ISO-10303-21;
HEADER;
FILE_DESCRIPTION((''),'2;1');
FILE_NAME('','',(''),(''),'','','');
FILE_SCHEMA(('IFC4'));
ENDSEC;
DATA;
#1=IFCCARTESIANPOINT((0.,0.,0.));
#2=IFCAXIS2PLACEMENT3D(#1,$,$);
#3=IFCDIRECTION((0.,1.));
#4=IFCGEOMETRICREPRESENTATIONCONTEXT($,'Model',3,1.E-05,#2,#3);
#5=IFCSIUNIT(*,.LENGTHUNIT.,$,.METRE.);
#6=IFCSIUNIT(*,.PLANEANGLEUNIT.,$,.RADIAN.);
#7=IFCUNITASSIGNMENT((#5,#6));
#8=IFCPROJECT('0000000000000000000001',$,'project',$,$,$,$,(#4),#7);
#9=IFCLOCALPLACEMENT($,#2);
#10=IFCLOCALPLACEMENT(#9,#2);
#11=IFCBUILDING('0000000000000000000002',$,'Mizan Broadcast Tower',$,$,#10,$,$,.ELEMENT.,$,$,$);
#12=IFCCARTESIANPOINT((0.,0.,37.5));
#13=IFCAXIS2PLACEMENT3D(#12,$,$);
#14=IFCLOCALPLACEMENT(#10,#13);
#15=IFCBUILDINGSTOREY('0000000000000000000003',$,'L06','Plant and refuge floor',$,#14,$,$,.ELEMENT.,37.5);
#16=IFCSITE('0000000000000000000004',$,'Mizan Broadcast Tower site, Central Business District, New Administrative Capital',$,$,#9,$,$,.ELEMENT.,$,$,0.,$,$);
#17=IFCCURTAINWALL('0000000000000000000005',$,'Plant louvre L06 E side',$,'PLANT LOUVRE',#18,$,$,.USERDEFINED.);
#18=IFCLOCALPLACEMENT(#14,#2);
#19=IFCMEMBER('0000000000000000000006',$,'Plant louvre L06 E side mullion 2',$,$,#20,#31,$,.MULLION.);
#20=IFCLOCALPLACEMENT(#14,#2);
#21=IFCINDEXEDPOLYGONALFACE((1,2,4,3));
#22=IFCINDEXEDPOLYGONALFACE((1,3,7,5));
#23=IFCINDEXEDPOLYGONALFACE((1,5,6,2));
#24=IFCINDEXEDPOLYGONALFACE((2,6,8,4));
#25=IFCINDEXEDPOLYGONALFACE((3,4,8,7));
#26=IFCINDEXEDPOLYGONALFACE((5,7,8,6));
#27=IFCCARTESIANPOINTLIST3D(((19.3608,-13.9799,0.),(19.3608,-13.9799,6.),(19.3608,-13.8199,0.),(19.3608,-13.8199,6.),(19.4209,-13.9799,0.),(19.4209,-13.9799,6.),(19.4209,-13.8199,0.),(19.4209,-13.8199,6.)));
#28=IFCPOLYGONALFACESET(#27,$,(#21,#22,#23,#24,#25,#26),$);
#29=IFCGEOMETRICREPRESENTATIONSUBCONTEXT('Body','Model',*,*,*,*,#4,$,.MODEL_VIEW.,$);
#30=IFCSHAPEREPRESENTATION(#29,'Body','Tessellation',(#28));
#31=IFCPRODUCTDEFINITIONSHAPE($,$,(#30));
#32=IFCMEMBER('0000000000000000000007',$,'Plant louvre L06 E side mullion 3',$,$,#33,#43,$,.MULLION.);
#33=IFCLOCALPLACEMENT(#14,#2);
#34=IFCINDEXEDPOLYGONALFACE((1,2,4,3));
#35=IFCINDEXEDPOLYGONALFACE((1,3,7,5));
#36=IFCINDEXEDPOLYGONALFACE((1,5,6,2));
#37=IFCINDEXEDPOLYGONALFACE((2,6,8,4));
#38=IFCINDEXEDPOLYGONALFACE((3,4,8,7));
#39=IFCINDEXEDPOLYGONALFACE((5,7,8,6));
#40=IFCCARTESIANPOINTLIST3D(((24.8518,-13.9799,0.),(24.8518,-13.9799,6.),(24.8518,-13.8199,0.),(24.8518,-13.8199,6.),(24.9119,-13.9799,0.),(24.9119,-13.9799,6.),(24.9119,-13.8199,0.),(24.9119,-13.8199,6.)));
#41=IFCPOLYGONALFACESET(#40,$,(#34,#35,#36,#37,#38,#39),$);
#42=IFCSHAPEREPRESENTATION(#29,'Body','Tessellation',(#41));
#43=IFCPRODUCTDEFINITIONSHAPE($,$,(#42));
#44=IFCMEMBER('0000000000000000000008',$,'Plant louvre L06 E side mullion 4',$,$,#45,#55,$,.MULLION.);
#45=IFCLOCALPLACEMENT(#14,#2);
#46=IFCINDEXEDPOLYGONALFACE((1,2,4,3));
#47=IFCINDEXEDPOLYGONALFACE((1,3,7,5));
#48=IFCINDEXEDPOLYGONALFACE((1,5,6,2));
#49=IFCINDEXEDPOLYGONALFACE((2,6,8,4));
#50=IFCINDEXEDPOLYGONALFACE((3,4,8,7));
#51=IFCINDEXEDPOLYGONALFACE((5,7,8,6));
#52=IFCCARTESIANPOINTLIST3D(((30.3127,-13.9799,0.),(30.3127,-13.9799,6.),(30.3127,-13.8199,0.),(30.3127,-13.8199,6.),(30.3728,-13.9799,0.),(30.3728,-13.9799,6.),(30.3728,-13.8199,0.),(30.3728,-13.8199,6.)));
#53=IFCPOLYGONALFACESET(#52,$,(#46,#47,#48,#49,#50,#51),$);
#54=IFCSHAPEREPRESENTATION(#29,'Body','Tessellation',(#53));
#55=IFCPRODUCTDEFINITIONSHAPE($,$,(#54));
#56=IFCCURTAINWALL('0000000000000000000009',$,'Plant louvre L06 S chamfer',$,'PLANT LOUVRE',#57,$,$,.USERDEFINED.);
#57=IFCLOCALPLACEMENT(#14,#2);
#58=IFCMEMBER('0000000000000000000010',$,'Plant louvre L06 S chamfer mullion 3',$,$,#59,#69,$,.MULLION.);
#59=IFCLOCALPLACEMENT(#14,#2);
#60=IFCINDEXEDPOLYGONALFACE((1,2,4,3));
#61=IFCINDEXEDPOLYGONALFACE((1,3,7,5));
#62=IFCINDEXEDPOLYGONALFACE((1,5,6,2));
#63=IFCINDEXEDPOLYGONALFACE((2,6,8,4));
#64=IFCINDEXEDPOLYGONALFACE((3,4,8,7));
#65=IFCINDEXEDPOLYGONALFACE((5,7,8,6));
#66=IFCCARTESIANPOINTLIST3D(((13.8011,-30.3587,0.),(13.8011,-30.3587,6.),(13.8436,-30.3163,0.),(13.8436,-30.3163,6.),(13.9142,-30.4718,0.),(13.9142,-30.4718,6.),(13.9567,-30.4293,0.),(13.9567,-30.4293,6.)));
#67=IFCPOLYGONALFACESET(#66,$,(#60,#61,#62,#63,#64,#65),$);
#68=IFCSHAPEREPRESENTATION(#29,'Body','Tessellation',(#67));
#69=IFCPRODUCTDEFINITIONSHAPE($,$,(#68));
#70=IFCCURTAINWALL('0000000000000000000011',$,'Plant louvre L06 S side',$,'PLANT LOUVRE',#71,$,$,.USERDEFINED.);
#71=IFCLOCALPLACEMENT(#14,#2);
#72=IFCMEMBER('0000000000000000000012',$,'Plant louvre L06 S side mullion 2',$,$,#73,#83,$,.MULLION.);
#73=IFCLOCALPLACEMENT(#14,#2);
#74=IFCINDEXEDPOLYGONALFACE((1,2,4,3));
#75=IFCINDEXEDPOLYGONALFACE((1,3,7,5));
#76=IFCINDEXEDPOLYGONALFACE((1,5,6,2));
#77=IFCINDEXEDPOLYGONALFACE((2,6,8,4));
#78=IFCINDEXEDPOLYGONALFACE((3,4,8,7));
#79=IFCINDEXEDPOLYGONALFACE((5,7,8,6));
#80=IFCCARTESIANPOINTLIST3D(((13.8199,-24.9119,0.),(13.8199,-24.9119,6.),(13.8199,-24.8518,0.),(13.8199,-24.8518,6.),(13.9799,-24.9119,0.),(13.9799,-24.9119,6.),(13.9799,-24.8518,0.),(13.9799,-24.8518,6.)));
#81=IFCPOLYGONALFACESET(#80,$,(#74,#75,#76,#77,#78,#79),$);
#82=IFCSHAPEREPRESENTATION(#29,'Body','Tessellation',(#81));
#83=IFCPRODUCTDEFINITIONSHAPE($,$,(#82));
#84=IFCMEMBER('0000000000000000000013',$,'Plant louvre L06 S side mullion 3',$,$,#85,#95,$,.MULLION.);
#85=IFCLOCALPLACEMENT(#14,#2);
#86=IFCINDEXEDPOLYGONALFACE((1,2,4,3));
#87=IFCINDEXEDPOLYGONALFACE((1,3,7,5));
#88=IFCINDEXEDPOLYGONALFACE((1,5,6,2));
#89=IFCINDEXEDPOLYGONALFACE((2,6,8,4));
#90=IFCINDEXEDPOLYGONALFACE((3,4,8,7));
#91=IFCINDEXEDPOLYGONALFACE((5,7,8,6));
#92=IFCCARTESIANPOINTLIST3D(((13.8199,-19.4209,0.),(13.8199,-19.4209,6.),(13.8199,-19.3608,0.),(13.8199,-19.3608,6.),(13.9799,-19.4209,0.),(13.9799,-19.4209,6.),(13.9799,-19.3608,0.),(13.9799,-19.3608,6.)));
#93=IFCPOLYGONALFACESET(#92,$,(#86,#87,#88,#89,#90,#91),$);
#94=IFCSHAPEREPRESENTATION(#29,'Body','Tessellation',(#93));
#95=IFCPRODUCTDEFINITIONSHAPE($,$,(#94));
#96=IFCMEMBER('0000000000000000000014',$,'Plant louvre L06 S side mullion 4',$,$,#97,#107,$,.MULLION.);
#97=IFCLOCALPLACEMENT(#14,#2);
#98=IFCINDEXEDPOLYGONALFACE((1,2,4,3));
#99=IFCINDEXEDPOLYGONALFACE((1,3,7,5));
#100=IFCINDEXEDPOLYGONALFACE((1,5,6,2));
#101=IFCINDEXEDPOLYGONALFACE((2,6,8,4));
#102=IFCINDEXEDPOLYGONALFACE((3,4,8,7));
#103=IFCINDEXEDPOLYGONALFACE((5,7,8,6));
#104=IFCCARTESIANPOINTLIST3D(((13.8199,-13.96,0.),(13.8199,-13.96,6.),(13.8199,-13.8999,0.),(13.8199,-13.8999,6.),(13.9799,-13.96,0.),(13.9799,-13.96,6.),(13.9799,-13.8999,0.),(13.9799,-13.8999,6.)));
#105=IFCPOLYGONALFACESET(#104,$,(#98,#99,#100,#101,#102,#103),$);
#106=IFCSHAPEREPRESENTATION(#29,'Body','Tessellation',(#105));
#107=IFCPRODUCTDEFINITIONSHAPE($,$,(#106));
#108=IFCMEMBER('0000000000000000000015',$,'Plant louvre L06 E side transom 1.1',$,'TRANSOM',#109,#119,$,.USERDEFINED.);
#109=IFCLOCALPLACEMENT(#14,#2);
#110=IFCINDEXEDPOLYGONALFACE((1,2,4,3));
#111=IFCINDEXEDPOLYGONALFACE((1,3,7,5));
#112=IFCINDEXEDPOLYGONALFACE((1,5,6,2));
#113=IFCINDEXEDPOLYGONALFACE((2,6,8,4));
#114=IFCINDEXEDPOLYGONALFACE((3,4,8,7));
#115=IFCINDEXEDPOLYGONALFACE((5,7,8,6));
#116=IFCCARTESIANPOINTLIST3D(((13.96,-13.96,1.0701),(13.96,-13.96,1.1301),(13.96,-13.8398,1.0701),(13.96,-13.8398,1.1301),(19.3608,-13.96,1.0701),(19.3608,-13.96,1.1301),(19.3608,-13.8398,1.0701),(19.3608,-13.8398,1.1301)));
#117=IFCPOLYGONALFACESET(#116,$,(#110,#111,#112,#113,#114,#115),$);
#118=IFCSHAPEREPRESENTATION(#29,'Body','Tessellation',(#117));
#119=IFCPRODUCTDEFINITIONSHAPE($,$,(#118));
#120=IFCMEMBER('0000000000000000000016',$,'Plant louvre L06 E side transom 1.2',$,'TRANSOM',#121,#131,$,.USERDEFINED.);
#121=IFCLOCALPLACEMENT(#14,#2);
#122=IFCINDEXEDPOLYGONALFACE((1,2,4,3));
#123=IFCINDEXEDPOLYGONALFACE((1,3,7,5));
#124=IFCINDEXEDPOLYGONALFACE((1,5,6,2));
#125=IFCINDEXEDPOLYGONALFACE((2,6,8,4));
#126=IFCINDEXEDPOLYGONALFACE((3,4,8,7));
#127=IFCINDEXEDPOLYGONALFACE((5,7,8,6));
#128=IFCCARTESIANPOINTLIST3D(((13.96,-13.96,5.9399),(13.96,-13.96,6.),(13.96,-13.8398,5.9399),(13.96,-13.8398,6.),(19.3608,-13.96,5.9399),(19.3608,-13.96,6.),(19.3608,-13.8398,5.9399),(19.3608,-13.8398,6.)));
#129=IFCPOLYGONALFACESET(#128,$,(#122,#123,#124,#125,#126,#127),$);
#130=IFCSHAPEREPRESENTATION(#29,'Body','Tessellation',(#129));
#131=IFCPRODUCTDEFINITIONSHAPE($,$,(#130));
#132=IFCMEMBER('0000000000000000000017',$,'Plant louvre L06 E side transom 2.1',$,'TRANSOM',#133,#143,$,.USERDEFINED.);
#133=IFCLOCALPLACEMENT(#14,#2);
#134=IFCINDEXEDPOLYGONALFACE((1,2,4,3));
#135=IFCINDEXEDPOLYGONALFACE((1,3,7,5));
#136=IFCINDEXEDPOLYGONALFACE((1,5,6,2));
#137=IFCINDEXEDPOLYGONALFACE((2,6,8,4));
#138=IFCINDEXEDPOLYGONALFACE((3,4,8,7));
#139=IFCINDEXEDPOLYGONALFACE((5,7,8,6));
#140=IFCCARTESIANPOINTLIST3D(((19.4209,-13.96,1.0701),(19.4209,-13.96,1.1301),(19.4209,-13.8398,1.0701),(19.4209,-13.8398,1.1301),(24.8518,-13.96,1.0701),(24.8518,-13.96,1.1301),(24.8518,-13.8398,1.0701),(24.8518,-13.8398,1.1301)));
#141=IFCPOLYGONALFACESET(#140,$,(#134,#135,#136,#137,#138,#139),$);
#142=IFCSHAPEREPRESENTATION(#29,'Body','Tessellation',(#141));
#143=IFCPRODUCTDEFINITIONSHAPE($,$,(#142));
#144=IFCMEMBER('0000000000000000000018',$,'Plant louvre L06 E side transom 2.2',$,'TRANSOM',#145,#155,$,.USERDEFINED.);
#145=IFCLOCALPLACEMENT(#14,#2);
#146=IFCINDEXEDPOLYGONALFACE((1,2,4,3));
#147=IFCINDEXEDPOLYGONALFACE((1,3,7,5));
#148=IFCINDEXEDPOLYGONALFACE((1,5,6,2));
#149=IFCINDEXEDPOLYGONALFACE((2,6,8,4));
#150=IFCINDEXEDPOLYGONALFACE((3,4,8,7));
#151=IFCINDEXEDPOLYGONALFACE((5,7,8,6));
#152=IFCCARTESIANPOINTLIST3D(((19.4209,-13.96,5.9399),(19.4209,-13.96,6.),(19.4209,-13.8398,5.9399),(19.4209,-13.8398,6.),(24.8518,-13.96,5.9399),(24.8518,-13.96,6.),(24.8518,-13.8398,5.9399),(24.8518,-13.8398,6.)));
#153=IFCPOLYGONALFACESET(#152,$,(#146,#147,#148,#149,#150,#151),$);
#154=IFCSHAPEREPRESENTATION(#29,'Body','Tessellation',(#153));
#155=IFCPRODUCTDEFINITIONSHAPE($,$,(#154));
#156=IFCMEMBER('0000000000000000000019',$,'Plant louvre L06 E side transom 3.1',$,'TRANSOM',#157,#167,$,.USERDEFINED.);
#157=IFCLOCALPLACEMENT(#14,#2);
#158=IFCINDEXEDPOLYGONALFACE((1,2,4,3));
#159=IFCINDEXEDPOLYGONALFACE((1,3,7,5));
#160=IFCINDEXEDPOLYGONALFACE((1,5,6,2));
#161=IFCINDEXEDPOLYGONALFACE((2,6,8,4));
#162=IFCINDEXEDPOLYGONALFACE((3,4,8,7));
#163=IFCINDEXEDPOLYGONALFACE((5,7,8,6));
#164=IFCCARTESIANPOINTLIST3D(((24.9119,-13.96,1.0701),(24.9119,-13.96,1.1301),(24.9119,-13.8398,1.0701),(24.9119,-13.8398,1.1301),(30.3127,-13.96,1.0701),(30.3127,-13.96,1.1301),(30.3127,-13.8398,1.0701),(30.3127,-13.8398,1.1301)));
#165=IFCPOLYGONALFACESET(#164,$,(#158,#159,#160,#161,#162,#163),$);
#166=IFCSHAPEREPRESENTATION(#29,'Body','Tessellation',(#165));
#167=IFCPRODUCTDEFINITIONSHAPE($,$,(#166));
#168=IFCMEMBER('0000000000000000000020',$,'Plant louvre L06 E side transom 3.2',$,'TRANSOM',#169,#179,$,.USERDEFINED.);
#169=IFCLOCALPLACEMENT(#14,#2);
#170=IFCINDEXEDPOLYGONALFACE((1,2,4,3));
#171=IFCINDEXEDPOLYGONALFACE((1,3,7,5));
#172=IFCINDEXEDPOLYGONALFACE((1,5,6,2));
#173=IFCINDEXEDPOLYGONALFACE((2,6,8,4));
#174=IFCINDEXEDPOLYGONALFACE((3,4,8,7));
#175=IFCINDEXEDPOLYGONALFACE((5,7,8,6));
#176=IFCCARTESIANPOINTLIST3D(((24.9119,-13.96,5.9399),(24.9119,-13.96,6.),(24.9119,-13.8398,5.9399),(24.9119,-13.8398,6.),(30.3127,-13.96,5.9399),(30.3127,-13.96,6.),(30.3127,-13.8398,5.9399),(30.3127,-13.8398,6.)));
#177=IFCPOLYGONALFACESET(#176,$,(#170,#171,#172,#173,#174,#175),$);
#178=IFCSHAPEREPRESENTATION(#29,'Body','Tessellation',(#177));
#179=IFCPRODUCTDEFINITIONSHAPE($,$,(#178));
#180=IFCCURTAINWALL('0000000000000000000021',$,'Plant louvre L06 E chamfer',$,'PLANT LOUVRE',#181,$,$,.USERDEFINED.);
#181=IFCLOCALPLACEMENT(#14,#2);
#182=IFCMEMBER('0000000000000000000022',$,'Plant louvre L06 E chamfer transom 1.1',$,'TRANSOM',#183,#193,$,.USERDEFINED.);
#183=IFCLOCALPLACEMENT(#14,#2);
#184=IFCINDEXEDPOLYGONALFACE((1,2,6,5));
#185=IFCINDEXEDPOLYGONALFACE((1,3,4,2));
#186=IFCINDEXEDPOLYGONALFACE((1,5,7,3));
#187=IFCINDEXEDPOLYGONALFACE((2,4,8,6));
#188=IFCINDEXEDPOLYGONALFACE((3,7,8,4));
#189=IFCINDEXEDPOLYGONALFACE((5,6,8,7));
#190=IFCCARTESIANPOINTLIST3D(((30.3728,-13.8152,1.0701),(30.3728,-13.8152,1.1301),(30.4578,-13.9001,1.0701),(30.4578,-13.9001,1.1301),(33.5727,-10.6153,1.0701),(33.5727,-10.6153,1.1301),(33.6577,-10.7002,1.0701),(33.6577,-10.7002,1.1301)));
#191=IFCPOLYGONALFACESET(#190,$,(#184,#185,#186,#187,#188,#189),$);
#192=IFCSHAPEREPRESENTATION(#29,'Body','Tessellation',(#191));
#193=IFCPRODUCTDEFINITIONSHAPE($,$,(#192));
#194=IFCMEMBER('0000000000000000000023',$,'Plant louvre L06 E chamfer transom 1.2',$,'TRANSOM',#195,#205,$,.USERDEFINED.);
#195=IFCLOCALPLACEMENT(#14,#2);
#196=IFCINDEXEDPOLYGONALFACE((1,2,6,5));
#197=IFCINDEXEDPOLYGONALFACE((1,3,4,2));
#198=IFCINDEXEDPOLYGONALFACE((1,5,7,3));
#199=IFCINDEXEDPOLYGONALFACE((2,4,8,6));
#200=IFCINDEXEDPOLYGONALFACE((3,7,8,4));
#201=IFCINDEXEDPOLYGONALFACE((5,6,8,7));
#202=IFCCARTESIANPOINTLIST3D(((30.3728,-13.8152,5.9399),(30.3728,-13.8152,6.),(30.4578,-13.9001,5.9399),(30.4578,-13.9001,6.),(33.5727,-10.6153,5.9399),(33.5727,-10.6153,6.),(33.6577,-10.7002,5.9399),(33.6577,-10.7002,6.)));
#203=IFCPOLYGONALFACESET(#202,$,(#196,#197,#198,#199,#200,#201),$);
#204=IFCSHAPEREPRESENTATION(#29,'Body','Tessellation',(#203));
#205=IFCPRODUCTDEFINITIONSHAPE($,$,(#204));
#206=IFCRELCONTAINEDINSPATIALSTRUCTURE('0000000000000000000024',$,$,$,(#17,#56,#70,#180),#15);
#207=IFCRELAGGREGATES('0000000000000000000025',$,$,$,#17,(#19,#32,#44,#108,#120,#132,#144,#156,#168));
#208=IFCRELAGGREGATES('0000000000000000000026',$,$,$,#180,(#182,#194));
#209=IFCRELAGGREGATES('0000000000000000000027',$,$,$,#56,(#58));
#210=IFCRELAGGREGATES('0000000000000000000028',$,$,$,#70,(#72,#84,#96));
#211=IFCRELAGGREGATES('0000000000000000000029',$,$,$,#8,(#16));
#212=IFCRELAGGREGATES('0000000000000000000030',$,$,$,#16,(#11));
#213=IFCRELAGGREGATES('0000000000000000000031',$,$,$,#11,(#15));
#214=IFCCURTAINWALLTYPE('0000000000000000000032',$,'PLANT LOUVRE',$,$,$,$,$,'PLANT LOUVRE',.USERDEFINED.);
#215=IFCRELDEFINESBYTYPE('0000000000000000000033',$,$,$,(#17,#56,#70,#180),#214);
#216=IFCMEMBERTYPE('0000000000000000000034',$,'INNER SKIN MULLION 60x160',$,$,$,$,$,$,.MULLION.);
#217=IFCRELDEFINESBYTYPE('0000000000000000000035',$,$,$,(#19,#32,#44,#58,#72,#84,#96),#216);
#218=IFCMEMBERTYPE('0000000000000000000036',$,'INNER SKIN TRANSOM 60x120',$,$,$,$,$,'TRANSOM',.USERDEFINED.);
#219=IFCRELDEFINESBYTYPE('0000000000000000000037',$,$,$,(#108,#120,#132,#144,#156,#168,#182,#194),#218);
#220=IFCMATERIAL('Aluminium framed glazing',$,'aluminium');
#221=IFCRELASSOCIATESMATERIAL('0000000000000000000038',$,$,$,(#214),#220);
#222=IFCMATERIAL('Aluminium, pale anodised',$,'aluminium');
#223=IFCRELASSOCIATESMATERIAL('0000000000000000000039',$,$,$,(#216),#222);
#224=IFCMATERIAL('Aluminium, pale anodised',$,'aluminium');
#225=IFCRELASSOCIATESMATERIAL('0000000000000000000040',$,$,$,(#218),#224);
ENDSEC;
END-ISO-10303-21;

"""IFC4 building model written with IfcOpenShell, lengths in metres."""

from ifc_helpers import new_model, si_unit, direction, frame, origin, origin_2d, place, context, subcontext, project, spatial, rectangle, extrude, material, material_profile, profile_set, type_object, element, aggregate, save


model = new_model("IFC4")

# Units and contexts
model_context = context("Model", 3, precision=1e-05, world=origin(), true_north=direction((0.0, 1.0)))
body_context = subcontext(model_context, "Body", "Model", "MODEL_VIEW")
ifc_project = project(units=[si_unit("LENGTHUNIT", "METRE"), si_unit("PLANEANGLEUNIT", "RADIAN")], contexts=[model_context])

# Site, building, storey
site_placement = place(None, origin())
site = spatial("IfcSite", under=ifc_project, at=site_placement, Name="Mizan Broadcast Tower site, Central Business District, New Administrative Capital", CompositionType="ELEMENT", RefElevation=0.0)
building_placement = place(site_placement, origin())
building = spatial("IfcBuilding", under=site, at=building_placement, Name="Mizan Broadcast Tower", CompositionType="ELEMENT")
storey_placement = place(building_placement, frame((0.0, 0.0, 37.5)))
storey = spatial("IfcBuildingStorey", under=building, at=storey_placement, Name="L06", Description="Plant and refuge floor", CompositionType="ELEMENT", Elevation=37.5)

# Curtain wall, members
ifc_material_1 = material(Name="Aluminium framed glazing", Category="aluminium")
curtain_wall_type = type_object("IfcCurtainWallType", Name="PLANT LOUVRE", ElementType="PLANT LOUVRE", PredefinedType="USERDEFINED", material=ifc_material_1)
curtain_wall_1_placement = place(storey_placement, origin())
curtain_wall_1 = element("IfcCurtainWall", 1, at=curtain_wall_1_placement, inside=storey, type_object=curtain_wall_type, Name="Plant louvre L06 E side", ObjectType="PLANT LOUVRE", PredefinedType="USERDEFINED")
ifc_material_2 = material(Name="Aluminium, pale anodised", Category="aluminium")
ifc_material_profile_1 = material_profile(ifc_material_2, rectangle(XDim=0.1599, YDim=0.0601, at=origin_2d()), Name="MULLION 160x60")
ifc_profile_set_1 = profile_set([ifc_material_profile_1], Name="Aluminium, pale anodised")
member_type_1 = type_object("IfcMemberType", Name="INNER SKIN MULLION 60x160", PredefinedType="MULLION", material=ifc_profile_set_1)
member_1_placement = place(storey_placement, frame((19.3909, -13.8999, 0.0), z_axis=(0.0, 0.0, 1.0), x_axis=(0.0, 1.0, 0.0)))
member_1 = element("IfcMember", 2, at=member_1_placement, type_object=member_type_1, Name="Plant louvre L06 E side mullion 2", PredefinedType="MULLION", context=body_context, shape_type="SweptSolid", body=[
    extrude(rectangle(XDim=0.1599, YDim=0.0601, at=origin_2d()), origin(), (0.0, 0.0, 1.0), 6.0),
])
member_2_placement = place(storey_placement, frame((24.8818, -13.8999, 0.0), z_axis=(0.0, 0.0, 1.0), x_axis=(0.0, 1.0, 0.0)))
member_2 = element("IfcMember", 3, at=member_2_placement, type_object=member_type_1, Name="Plant louvre L06 E side mullion 3", PredefinedType="MULLION", context=body_context, shape_type="SweptSolid", body=[
    extrude(rectangle(XDim=0.1599, YDim=0.0601, at=origin_2d()), origin(), (0.0, 0.0, 1.0), 6.0),
])
member_3_placement = place(storey_placement, frame((30.3428, -13.8999, 0.0), z_axis=(0.0, 0.0, 1.0), x_axis=(0.0, 1.0, 0.0)))
member_3 = element("IfcMember", 4, at=member_3_placement, type_object=member_type_1, Name="Plant louvre L06 E side mullion 4", PredefinedType="MULLION", context=body_context, shape_type="SweptSolid", body=[
    extrude(rectangle(XDim=0.1599, YDim=0.0601, at=origin_2d()), origin(), (0.0, 0.0, 1.0), 6.0),
])

# Curtain wall, member
curtain_wall_2_placement = place(storey_placement, origin())
curtain_wall_2 = element("IfcCurtainWall", 5, at=curtain_wall_2_placement, inside=storey, type_object=curtain_wall_type, Name="Plant louvre L06 S chamfer", ObjectType="PLANT LOUVRE", PredefinedType="USERDEFINED")
member_4_placement = place(storey_placement, frame((13.8789, -30.394, 0.0), z_axis=(0.0, 0.0, 1.0), x_axis=(-0.707107, 0.707107, 0.0)))
member_4 = element("IfcMember", 6, at=member_4_placement, type_object=member_type_1, Name="Plant louvre L06 S chamfer mullion 3", PredefinedType="MULLION", context=body_context, shape_type="SweptSolid", body=[
    extrude(rectangle(XDim=0.1599, YDim=0.0601, at=origin_2d()), origin(), (0.0, 0.0, 1.0), 6.0),
])

# Curtain wall, members
curtain_wall_3_placement = place(storey_placement, origin())
curtain_wall_3 = element("IfcCurtainWall", 7, at=curtain_wall_3_placement, inside=storey, type_object=curtain_wall_type, Name="Plant louvre L06 S side", ObjectType="PLANT LOUVRE", PredefinedType="USERDEFINED")
member_5_placement = place(storey_placement, frame((13.8999, -24.8818, 0.0), z_axis=(0.0, 0.0, 1.0), x_axis=(-1.0, 0.0, 0.0)))
member_5 = element("IfcMember", 8, at=member_5_placement, type_object=member_type_1, Name="Plant louvre L06 S side mullion 2", PredefinedType="MULLION", context=body_context, shape_type="SweptSolid", body=[
    extrude(rectangle(XDim=0.1599, YDim=0.0601, at=origin_2d()), origin(), (0.0, 0.0, 1.0), 6.0),
])
member_6_placement = place(storey_placement, frame((13.8999, -19.3909, 0.0), z_axis=(0.0, 0.0, 1.0), x_axis=(-1.0, 0.0, 0.0)))
member_6 = element("IfcMember", 9, at=member_6_placement, type_object=member_type_1, Name="Plant louvre L06 S side mullion 3", PredefinedType="MULLION", context=body_context, shape_type="SweptSolid", body=[
    extrude(rectangle(XDim=0.1599, YDim=0.0601, at=origin_2d()), origin(), (0.0, 0.0, 1.0), 6.0),
])
member_7_placement = place(storey_placement, frame((13.8999, -13.9299, 0.0), z_axis=(0.0, 0.0, 1.0), x_axis=(-1.0, 0.0, 0.0)))
member_7 = element("IfcMember", 10, at=member_7_placement, type_object=member_type_1, Name="Plant louvre L06 S side mullion 4", PredefinedType="MULLION", context=body_context, shape_type="SweptSolid", body=[
    extrude(rectangle(XDim=0.1599, YDim=0.0601, at=origin_2d()), origin(), (0.0, 0.0, 1.0), 6.0),
])

# Members
ifc_material_3 = material(Name="Aluminium, pale anodised", Category="aluminium")
ifc_material_profile_2 = material_profile(ifc_material_3, rectangle(XDim=0.1201, YDim=0.0601, at=origin_2d()), Name="TRANSOM 120x60")
ifc_profile_set_2 = profile_set([ifc_material_profile_2], Name="Aluminium, pale anodised")
member_type_2 = type_object("IfcMemberType", Name="INNER SKIN TRANSOM 60x120", ElementType="TRANSOM", PredefinedType="USERDEFINED", material=ifc_profile_set_2)
member_8_placement = place(storey_placement, frame((13.96, -13.8999, 1.1001), z_axis=(1.0, 0.0, 0.0), x_axis=(0.0, 1.0, 0.0)))
member_8 = element("IfcMember", 11, at=member_8_placement, type_object=member_type_2, Name="Plant louvre L06 E side transom 1.1", ObjectType="TRANSOM", PredefinedType="USERDEFINED", context=body_context, shape_type="SweptSolid", body=[
    extrude(rectangle(XDim=0.1201, YDim=0.0601, at=origin_2d()), origin(), (0.0, 0.0, 1.0), 5.4009),
])
member_9_placement = place(storey_placement, frame((13.96, -13.8999, 5.97), z_axis=(1.0, 0.0, 0.0), x_axis=(0.0, 1.0, 0.0)))
member_9 = element("IfcMember", 12, at=member_9_placement, type_object=member_type_2, Name="Plant louvre L06 E side transom 1.2", ObjectType="TRANSOM", PredefinedType="USERDEFINED", context=body_context, shape_type="SweptSolid", body=[
    extrude(rectangle(XDim=0.1201, YDim=0.0601, at=origin_2d()), origin(), (0.0, 0.0, 1.0), 5.4009),
])
member_10_placement = place(storey_placement, frame((19.4209, -13.8999, 1.1001), z_axis=(1.0, 0.0, 0.0), x_axis=(0.0, 1.0, 0.0)))
member_10 = element("IfcMember", 13, at=member_10_placement, type_object=member_type_2, Name="Plant louvre L06 E side transom 2.1", ObjectType="TRANSOM", PredefinedType="USERDEFINED", context=body_context, shape_type="SweptSolid", body=[
    extrude(rectangle(XDim=0.1201, YDim=0.0601, at=origin_2d()), origin(), (0.0, 0.0, 1.0), 5.4309),
])
member_11_placement = place(storey_placement, frame((19.4209, -13.8999, 5.97), z_axis=(1.0, 0.0, 0.0), x_axis=(0.0, 1.0, 0.0)))
member_11 = element("IfcMember", 14, at=member_11_placement, type_object=member_type_2, Name="Plant louvre L06 E side transom 2.2", ObjectType="TRANSOM", PredefinedType="USERDEFINED", context=body_context, shape_type="SweptSolid", body=[
    extrude(rectangle(XDim=0.1201, YDim=0.0601, at=origin_2d()), origin(), (0.0, 0.0, 1.0), 5.4309),
])
member_12_placement = place(storey_placement, frame((24.9119, -13.8999, 1.1001), z_axis=(1.0, 0.0, 0.0), x_axis=(0.0, 1.0, 0.0)))
member_12 = element("IfcMember", 15, at=member_12_placement, type_object=member_type_2, Name="Plant louvre L06 E side transom 3.1", ObjectType="TRANSOM", PredefinedType="USERDEFINED", context=body_context, shape_type="SweptSolid", body=[
    extrude(rectangle(XDim=0.1201, YDim=0.0601, at=origin_2d()), origin(), (0.0, 0.0, 1.0), 5.4009),
])
member_13_placement = place(storey_placement, frame((24.9119, -13.8999, 5.97), z_axis=(1.0, 0.0, 0.0), x_axis=(0.0, 1.0, 0.0)))
member_13 = element("IfcMember", 16, at=member_13_placement, type_object=member_type_2, Name="Plant louvre L06 E side transom 3.2", ObjectType="TRANSOM", PredefinedType="USERDEFINED", context=body_context, shape_type="SweptSolid", body=[
    extrude(rectangle(XDim=0.1201, YDim=0.0601, at=origin_2d()), origin(), (0.0, 0.0, 1.0), 5.4009),
])

# Curtain wall, members
curtain_wall_4_placement = place(storey_placement, origin())
curtain_wall_4 = element("IfcCurtainWall", 17, at=curtain_wall_4_placement, inside=storey, type_object=curtain_wall_type, Name="Plant louvre L06 E chamfer", ObjectType="PLANT LOUVRE", PredefinedType="USERDEFINED")
member_14_placement = place(storey_placement, frame((30.4153, -13.8577, 1.1001), z_axis=(0.707107, 0.707107, 0.0), x_axis=(-0.707107, 0.707107, 0.0)))
member_14 = element("IfcMember", 18, at=member_14_placement, type_object=member_type_2, Name="Plant louvre L06 E chamfer transom 1.1", ObjectType="TRANSOM", PredefinedType="USERDEFINED", context=body_context, shape_type="SweptSolid", body=[
    extrude(rectangle(XDim=0.1201, YDim=0.0601, at=origin_2d()), origin(), (0.0, 0.0, 1.0), 4.5254),
])
member_15_placement = place(storey_placement, frame((30.4153, -13.8577, 5.97), z_axis=(0.707107, 0.707107, 0.0), x_axis=(-0.707107, 0.707107, 0.0)))
member_15 = element("IfcMember", 19, at=member_15_placement, type_object=member_type_2, Name="Plant louvre L06 E chamfer transom 1.2", ObjectType="TRANSOM", PredefinedType="USERDEFINED", context=body_context, shape_type="SweptSolid", body=[
    extrude(rectangle(XDim=0.1201, YDim=0.0601, at=origin_2d()), origin(), (0.0, 0.0, 1.0), 4.5254),
])

aggregate(curtain_wall_1, [member_1, member_2, member_3, member_8, member_9, member_10, member_11, member_12, member_13])
aggregate(curtain_wall_4, [member_14, member_15])
aggregate(curtain_wall_2, [member_4])
aggregate(curtain_wall_3, [member_5, member_6, member_7])

save(model, "model.ifc")
